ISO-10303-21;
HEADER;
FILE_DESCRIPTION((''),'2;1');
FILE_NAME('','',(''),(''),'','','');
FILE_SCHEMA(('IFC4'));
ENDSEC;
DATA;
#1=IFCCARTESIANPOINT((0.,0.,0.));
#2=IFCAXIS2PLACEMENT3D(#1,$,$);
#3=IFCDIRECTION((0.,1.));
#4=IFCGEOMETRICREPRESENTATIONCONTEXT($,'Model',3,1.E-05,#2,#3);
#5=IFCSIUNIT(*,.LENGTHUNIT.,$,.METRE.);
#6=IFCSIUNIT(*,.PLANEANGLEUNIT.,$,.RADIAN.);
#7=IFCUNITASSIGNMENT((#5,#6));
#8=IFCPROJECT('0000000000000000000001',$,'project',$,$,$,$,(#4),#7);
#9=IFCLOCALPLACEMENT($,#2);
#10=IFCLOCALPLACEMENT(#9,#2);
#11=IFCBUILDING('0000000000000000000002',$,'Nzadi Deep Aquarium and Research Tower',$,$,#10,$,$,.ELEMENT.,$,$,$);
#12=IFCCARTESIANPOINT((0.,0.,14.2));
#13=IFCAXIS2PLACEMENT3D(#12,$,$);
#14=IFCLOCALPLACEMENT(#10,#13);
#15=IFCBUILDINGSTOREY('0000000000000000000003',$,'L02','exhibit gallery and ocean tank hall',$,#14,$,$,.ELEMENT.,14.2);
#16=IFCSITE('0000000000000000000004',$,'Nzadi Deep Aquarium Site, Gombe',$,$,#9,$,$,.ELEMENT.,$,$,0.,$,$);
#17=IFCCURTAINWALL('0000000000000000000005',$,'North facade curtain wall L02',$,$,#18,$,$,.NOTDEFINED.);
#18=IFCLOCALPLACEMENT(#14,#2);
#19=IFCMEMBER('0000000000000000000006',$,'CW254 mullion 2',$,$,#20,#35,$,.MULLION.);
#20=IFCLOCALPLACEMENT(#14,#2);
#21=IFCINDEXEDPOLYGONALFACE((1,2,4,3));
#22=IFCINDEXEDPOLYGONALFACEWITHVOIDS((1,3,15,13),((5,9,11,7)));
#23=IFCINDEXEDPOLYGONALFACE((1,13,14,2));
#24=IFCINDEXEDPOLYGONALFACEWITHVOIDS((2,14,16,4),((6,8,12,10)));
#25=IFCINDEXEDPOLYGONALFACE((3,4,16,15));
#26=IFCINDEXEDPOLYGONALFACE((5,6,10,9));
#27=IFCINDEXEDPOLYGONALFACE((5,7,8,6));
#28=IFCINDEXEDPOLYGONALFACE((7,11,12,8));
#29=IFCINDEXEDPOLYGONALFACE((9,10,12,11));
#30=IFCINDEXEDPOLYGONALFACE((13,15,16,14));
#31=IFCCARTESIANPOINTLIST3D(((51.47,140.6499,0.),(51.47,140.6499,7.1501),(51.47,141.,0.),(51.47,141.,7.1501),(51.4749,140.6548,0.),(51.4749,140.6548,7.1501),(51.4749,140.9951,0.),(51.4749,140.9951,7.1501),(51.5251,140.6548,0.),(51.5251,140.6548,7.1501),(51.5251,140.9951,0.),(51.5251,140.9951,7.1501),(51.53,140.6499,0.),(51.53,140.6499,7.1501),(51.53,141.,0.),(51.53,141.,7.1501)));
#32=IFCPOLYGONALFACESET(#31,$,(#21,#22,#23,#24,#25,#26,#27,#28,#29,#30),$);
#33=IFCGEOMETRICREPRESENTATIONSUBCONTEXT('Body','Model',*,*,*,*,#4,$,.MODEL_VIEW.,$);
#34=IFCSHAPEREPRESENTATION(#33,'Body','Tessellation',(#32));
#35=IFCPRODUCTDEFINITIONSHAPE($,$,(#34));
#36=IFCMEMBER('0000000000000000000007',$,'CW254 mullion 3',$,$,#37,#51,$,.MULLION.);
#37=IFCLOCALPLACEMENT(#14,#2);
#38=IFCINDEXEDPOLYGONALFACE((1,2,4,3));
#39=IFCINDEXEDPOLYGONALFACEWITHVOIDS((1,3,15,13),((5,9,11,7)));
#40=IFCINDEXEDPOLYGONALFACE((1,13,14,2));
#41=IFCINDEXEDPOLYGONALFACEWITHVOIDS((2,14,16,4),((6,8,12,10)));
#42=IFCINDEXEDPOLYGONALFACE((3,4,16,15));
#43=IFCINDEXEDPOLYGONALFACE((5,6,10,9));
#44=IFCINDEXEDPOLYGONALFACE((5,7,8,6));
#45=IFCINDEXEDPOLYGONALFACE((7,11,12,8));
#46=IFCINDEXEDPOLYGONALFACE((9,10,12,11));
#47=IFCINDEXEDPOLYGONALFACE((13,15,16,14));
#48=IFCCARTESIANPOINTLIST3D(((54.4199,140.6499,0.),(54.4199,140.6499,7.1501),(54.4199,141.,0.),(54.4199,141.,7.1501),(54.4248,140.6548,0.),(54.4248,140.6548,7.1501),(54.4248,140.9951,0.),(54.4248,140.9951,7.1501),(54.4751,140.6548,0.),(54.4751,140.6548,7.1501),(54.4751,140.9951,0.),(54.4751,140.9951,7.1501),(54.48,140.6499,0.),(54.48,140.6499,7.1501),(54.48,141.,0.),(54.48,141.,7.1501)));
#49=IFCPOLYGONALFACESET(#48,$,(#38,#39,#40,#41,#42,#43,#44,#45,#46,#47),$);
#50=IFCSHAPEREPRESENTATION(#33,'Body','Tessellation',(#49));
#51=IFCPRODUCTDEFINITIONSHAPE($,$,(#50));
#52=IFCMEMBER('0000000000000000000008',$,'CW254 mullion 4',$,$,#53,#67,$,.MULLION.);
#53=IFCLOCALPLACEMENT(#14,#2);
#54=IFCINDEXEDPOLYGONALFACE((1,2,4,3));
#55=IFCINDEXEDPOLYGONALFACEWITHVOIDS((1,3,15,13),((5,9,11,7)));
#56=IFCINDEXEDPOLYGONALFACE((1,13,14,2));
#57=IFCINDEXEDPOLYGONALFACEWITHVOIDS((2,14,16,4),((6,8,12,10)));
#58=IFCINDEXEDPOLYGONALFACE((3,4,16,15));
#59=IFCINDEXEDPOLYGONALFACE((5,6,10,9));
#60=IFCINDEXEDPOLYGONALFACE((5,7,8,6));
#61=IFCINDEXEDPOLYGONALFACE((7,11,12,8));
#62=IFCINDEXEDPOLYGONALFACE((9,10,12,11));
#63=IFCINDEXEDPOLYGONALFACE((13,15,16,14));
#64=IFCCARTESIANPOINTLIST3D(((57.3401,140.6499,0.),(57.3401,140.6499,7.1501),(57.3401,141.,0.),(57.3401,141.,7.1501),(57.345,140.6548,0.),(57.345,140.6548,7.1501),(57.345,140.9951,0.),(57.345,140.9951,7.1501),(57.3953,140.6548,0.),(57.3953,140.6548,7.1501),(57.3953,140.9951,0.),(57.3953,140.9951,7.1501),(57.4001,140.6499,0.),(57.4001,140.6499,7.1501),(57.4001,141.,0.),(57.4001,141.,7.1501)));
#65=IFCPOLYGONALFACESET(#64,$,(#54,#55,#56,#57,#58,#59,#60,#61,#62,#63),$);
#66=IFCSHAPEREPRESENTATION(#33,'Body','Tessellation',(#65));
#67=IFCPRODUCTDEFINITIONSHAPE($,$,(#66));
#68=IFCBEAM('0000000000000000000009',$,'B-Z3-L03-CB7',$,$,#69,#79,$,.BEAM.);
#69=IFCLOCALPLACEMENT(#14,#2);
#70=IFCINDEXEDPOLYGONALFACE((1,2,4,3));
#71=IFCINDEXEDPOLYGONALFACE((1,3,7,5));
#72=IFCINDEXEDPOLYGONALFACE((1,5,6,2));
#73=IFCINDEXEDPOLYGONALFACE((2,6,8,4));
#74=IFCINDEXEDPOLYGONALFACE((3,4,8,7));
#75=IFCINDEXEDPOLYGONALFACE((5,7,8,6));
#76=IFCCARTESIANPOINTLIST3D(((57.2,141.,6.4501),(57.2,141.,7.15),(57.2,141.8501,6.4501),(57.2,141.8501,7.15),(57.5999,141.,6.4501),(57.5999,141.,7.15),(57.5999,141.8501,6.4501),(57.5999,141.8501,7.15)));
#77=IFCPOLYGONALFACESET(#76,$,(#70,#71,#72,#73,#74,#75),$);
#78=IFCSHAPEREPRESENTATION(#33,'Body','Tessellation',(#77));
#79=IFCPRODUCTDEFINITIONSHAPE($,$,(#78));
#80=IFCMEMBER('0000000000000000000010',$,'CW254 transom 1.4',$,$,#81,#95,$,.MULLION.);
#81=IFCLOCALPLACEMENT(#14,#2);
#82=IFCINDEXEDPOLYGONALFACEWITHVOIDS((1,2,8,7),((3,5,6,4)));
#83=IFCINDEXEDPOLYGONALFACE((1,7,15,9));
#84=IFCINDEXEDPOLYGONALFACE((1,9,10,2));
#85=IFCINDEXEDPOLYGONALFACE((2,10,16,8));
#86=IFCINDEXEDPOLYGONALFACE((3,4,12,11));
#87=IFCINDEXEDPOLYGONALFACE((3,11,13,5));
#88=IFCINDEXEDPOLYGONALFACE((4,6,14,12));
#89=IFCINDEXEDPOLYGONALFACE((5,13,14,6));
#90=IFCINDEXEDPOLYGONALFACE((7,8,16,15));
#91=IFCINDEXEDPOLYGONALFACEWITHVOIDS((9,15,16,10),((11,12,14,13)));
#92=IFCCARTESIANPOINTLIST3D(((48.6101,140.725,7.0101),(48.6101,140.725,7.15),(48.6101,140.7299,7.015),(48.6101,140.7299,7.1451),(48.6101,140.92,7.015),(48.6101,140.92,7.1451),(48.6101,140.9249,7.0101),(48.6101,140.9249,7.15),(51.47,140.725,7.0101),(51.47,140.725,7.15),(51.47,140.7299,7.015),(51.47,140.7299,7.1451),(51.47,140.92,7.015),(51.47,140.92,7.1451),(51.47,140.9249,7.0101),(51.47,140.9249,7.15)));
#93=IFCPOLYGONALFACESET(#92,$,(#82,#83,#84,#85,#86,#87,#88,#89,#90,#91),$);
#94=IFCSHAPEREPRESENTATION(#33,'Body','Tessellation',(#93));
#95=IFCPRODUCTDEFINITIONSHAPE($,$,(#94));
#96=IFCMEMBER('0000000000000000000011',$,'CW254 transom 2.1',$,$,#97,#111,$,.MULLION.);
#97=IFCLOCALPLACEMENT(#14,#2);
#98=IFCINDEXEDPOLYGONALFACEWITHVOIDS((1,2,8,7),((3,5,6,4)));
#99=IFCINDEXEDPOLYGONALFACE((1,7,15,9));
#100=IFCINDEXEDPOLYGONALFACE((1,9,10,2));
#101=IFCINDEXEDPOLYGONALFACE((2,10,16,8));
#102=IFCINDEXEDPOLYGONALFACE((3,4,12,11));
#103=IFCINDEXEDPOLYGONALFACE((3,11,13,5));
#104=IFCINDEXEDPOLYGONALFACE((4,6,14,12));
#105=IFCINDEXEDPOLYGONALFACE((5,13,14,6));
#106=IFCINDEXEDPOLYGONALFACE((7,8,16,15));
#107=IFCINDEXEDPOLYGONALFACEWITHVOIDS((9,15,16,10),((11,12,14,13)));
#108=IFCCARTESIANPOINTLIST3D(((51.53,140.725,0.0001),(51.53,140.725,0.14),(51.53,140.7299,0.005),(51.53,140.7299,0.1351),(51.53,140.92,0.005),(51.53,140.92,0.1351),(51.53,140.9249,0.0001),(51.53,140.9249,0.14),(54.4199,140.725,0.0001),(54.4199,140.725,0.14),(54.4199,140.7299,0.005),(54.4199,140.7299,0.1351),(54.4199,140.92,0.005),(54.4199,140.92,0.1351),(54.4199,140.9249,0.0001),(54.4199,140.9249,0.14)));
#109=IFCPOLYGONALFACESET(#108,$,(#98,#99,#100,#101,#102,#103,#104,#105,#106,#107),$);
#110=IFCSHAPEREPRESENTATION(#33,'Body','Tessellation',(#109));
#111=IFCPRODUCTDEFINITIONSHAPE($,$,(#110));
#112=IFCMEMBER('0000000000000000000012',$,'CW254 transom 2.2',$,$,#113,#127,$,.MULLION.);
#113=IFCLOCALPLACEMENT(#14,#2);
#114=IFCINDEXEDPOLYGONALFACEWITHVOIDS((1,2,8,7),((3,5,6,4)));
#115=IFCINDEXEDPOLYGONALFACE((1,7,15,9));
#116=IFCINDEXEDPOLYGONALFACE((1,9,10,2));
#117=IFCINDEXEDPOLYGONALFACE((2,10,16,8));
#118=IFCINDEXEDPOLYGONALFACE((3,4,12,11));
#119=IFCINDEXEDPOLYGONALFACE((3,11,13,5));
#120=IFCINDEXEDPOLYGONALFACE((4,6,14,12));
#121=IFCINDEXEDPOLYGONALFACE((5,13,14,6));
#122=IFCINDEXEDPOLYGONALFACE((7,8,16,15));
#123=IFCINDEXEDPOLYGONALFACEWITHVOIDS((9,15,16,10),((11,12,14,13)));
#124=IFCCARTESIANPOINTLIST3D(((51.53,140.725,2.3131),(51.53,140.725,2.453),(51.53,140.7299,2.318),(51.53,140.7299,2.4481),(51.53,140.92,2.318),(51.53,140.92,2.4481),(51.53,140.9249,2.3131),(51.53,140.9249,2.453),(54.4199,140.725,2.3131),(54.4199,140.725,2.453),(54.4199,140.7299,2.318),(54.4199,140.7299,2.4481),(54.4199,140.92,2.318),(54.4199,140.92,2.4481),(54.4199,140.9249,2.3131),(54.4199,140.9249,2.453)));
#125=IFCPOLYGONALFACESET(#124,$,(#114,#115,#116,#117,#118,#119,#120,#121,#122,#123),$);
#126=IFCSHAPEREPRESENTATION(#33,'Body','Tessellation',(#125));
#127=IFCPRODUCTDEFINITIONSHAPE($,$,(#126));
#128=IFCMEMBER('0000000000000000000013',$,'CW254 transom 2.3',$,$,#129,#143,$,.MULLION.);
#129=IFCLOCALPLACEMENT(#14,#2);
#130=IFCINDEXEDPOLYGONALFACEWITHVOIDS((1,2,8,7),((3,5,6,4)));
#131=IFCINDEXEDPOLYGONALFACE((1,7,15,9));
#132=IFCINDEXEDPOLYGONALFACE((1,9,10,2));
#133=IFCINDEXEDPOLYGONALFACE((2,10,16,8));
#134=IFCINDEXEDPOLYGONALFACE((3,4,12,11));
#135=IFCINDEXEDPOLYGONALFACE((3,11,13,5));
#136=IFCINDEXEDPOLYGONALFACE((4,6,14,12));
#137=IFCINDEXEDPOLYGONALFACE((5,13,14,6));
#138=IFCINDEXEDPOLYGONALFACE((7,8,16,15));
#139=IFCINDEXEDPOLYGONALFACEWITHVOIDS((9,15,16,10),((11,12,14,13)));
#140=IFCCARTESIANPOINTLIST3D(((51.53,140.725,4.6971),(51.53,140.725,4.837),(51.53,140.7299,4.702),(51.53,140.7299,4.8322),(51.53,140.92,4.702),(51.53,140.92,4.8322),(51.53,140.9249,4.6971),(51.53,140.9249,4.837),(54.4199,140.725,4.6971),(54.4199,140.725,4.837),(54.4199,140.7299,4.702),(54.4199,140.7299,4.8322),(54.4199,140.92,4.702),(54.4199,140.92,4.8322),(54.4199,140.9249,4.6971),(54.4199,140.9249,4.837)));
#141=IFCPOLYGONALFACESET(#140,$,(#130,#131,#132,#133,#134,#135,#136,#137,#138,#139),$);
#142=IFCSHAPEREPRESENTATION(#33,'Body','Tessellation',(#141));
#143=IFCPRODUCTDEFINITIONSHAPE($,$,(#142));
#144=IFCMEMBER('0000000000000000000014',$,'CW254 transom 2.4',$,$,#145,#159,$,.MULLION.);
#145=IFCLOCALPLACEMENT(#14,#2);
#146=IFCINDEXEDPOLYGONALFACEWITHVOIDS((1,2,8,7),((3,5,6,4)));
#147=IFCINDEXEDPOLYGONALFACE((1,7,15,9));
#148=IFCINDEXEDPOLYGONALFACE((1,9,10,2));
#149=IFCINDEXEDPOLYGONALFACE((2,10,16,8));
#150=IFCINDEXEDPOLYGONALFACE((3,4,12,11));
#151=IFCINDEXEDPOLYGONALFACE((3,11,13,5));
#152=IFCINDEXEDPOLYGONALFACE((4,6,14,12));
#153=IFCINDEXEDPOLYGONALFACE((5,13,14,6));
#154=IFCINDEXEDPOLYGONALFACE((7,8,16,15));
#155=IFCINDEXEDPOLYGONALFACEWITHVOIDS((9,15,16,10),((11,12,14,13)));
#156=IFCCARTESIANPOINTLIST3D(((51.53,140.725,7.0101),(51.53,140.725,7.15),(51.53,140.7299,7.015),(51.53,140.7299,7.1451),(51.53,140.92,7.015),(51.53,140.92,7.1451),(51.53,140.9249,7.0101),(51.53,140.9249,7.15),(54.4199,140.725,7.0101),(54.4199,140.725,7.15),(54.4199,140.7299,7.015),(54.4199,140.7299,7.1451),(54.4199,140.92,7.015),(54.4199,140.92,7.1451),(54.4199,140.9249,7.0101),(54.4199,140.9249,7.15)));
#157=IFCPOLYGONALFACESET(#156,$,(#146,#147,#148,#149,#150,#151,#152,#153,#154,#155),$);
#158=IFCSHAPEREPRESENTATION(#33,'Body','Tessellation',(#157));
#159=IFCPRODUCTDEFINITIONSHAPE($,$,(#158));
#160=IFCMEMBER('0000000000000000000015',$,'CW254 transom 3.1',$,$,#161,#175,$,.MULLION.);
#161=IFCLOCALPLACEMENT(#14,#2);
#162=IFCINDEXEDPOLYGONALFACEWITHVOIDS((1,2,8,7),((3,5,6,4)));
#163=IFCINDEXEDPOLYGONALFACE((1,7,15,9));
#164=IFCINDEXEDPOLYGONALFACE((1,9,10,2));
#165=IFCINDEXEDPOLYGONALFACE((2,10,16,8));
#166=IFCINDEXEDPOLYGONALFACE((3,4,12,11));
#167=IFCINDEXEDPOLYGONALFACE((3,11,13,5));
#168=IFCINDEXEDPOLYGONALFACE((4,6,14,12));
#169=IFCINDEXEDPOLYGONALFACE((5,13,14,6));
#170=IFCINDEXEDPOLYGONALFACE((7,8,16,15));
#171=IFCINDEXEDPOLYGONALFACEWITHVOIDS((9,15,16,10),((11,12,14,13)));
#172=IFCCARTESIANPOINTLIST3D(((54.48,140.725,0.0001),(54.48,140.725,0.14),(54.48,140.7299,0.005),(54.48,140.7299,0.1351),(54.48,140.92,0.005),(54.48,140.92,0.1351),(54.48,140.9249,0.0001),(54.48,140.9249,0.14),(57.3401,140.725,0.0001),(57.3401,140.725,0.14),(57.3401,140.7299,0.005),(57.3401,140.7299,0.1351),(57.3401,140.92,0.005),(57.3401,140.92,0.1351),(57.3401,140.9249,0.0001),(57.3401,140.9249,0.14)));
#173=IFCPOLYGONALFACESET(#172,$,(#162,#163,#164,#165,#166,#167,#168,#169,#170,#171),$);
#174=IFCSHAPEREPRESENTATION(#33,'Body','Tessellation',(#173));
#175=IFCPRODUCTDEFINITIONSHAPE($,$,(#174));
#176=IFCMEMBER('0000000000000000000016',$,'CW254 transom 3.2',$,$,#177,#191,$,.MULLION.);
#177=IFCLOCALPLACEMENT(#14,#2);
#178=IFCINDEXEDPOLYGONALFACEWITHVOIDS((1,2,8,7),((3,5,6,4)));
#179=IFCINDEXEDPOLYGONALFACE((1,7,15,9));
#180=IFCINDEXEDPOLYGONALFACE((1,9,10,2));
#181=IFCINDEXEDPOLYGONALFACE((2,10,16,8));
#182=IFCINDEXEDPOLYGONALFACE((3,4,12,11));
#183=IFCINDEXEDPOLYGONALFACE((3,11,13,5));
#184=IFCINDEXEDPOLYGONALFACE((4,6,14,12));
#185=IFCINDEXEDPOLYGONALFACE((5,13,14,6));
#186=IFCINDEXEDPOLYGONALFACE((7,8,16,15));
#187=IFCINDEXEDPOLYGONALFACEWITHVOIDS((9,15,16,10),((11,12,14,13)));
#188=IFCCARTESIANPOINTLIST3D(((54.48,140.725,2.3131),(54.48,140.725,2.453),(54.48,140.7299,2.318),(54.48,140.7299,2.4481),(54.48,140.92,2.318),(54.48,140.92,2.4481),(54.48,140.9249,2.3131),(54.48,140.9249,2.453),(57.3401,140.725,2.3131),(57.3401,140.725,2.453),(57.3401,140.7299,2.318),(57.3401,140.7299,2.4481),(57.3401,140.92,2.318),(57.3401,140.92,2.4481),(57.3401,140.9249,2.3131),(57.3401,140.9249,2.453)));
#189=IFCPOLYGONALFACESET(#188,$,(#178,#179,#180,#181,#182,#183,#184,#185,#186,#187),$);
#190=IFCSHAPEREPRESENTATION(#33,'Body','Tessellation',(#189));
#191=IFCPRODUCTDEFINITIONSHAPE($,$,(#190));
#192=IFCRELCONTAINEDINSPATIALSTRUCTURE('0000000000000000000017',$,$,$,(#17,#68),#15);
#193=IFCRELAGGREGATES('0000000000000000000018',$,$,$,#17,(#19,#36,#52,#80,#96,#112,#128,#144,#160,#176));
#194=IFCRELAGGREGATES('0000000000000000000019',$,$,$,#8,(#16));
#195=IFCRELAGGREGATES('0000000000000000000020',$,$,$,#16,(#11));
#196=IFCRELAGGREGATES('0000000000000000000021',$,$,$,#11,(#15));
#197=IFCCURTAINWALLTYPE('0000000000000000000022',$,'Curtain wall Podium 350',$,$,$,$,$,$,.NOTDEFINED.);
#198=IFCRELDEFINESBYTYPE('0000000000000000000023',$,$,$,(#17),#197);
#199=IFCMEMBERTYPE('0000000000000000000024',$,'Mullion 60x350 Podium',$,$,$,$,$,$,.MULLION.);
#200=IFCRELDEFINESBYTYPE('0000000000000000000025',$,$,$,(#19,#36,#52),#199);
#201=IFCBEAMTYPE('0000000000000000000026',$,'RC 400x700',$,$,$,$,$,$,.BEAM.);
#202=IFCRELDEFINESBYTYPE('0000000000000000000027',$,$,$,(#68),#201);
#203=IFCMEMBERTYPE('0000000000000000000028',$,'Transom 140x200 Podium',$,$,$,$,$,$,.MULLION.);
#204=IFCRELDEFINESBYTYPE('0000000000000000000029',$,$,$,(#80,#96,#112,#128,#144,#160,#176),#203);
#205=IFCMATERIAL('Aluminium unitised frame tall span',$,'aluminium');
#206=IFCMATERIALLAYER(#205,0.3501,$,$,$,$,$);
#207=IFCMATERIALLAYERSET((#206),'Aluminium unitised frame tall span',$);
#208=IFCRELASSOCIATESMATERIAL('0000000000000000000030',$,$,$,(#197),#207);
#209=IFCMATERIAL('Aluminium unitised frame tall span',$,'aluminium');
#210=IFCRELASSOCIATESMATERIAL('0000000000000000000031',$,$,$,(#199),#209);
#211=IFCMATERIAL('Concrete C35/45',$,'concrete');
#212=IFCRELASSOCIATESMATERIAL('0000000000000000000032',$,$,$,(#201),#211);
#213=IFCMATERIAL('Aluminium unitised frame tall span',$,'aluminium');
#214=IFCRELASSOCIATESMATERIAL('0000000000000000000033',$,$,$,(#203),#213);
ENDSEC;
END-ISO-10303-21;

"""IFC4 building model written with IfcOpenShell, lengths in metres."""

from ifc_helpers import new_model, si_unit, direction, frame, origin, origin_2d, place, context, subcontext, project, spatial, rectangle, hollow_rectangle, extrude, material, layer, layer_set, material_profile, profile_set, type_object, element, aggregate, save


model = new_model("IFC4")

# Units and contexts
model_context = context("Model", 3, precision=1e-05, world=origin(), true_north=direction((0.0, 1.0)))
body_context = subcontext(model_context, "Body", "Model", "MODEL_VIEW")
ifc_project = project(units=[si_unit("LENGTHUNIT", "METRE"), si_unit("PLANEANGLEUNIT", "RADIAN")], contexts=[model_context])

# Site, building, storey
site_placement = place(None, origin())
site = spatial("IfcSite", under=ifc_project, at=site_placement, Name="Nzadi Deep Aquarium Site, Gombe", CompositionType="ELEMENT", RefElevation=0.0)
building_placement = place(site_placement, origin())
building = spatial("IfcBuilding", under=site, at=building_placement, Name="Nzadi Deep Aquarium and Research Tower", CompositionType="ELEMENT")
storey_placement = place(building_placement, frame((0.0, 0.0, 14.2)))
storey = spatial("IfcBuildingStorey", under=building, at=storey_placement, Name="L02", Description="exhibit gallery and ocean tank hall", CompositionType="ELEMENT", Elevation=14.2)

# Curtain wall, members
ifc_material_1 = material(Name="Aluminium unitised frame tall span", Category="aluminium")
ifc_layer_1 = layer(ifc_material_1, 0.3501)
ifc_layer_set_1 = layer_set([ifc_layer_1], Name="Aluminium unitised frame tall span")
curtain_wall_type = type_object("IfcCurtainWallType", Name="Curtain wall Podium 350", PredefinedType="NOTDEFINED", material=ifc_layer_set_1)
curtain_wall_placement = place(storey_placement, origin())
curtain_wall = element("IfcCurtainWall", 1, at=curtain_wall_placement, inside=storey, type_object=curtain_wall_type, Name="North facade curtain wall L02", PredefinedType="NOTDEFINED")
ifc_material_2 = material(Name="Aluminium unitised frame tall span", Category="aluminium")
ifc_material_profile_1 = material_profile(ifc_material_2, hollow_rectangle(XDim=0.3501, YDim=0.0601, WallThickness=0.0049, at=origin_2d()))
ifc_profile_set_1 = profile_set([ifc_material_profile_1], Name="Aluminium unitised frame tall span")
member_type_1 = type_object("IfcMemberType", Name="Mullion 60x350 Podium", PredefinedType="MULLION", material=ifc_profile_set_1)
member_1_placement = place(storey_placement, frame((51.5, 140.825, 0.0), z_axis=(0.0, 0.0, 1.0), x_axis=(0.0, 1.0, 0.0)))
member_1 = element("IfcMember", 2, at=member_1_placement, type_object=member_type_1, Name="CW254 mullion 2", PredefinedType="MULLION", context=body_context, shape_type="SweptSolid", body=[
    extrude(hollow_rectangle(XDim=0.3501, YDim=0.0601, WallThickness=0.0049, at=origin_2d()), origin(), (0.0, 0.0, 1.0), 7.1501),
])
member_2_placement = place(storey_placement, frame((54.45, 140.825, 0.0), z_axis=(0.0, 0.0, 1.0), x_axis=(0.0, 1.0, 0.0)))
member_2 = element("IfcMember", 3, at=member_2_placement, type_object=member_type_1, Name="CW254 mullion 3", PredefinedType="MULLION", context=body_context, shape_type="SweptSolid", body=[
    extrude(hollow_rectangle(XDim=0.3501, YDim=0.0601, WallThickness=0.0049, at=origin_2d()), origin(), (0.0, 0.0, 1.0), 7.1501),
])
member_3_placement = place(storey_placement, frame((57.3701, 140.825, 0.0), z_axis=(0.0, 0.0, 1.0), x_axis=(0.0, 1.0, 0.0)))
member_3 = element("IfcMember", 4, at=member_3_placement, type_object=member_type_1, Name="CW254 mullion 4", PredefinedType="MULLION", context=body_context, shape_type="SweptSolid", body=[
    extrude(hollow_rectangle(XDim=0.3501, YDim=0.0601, WallThickness=0.0049, at=origin_2d()), origin(), (0.0, 0.0, 1.0), 7.1501),
])

# Beam
ifc_material_3 = material(Name="Concrete C35/45", Category="concrete")
ifc_material_profile_2 = material_profile(ifc_material_3, rectangle(XDim=0.3999, YDim=0.7, at=origin_2d()))
ifc_profile_set_2 = profile_set([ifc_material_profile_2], Name="Concrete C35/45")
beam_type = type_object("IfcBeamType", Name="RC 400x700", PredefinedType="BEAM", material=ifc_profile_set_2)
beam_placement = place(storey_placement, frame((57.3999, 141.0, 6.8), z_axis=(0.0, 1.0, 0.0), x_axis=(-1.0, 0.0, 0.0)))
element("IfcBeam", 5, at=beam_placement, inside=storey, type_object=beam_type, Name="B-Z3-L03-CB7", PredefinedType="BEAM", context=body_context, shape_type="SweptSolid", body=[
    extrude(rectangle(XDim=0.3999, YDim=0.7, at=origin_2d()), origin(), (0.0, 0.0, 1.0), 0.8501),
])

# Members
ifc_material_4 = material(Name="Aluminium unitised frame tall span", Category="aluminium")
ifc_material_profile_3 = material_profile(ifc_material_4, hollow_rectangle(XDim=0.2, YDim=0.1399, WallThickness=0.0049, at=origin_2d()))
ifc_profile_set_3 = profile_set([ifc_material_profile_3], Name="Aluminium unitised frame tall span")
member_type_2 = type_object("IfcMemberType", Name="Transom 140x200 Podium", PredefinedType="MULLION", material=ifc_profile_set_3)
member_4_placement = place(storey_placement, frame((48.6101, 140.825, 7.0801), z_axis=(1.0, 0.0, 0.0), x_axis=(0.0, 1.0, 0.0)))
member_4 = element("IfcMember", 6, at=member_4_placement, type_object=member_type_2, Name="CW254 transom 1.4", PredefinedType="MULLION", context=body_context, shape_type="SweptSolid", body=[
    extrude(hollow_rectangle(XDim=0.2, YDim=0.1399, WallThickness=0.0049, at=origin_2d()), origin(), (0.0, 0.0, 1.0), 2.8599),
])
member_5_placement = place(storey_placement, frame((51.53, 140.825, 0.0701), z_axis=(1.0, 0.0, 0.0), x_axis=(0.0, 1.0, 0.0)))
member_5 = element("IfcMember", 7, at=member_5_placement, type_object=member_type_2, Name="CW254 transom 2.1", PredefinedType="MULLION", context=body_context, shape_type="SweptSolid", body=[
    extrude(hollow_rectangle(XDim=0.2, YDim=0.1399, WallThickness=0.0049, at=origin_2d()), origin(), (0.0, 0.0, 1.0), 2.8899),
])
member_6_placement = place(storey_placement, frame((51.53, 140.825, 2.3831), z_axis=(1.0, 0.0, 0.0), x_axis=(0.0, 1.0, 0.0)))
member_6 = element("IfcMember", 8, at=member_6_placement, type_object=member_type_2, Name="CW254 transom 2.2", PredefinedType="MULLION", context=body_context, shape_type="SweptSolid", body=[
    extrude(hollow_rectangle(XDim=0.2, YDim=0.1399, WallThickness=0.0049, at=origin_2d()), origin(), (0.0, 0.0, 1.0), 2.8899),
])
member_7_placement = place(storey_placement, frame((51.53, 140.825, 4.7671), z_axis=(1.0, 0.0, 0.0), x_axis=(0.0, 1.0, 0.0)))
member_7 = element("IfcMember", 9, at=member_7_placement, type_object=member_type_2, Name="CW254 transom 2.3", PredefinedType="MULLION", context=body_context, shape_type="SweptSolid", body=[
    extrude(hollow_rectangle(XDim=0.2, YDim=0.1399, WallThickness=0.0049, at=origin_2d()), origin(), (0.0, 0.0, 1.0), 2.8899),
])
member_8_placement = place(storey_placement, frame((51.53, 140.825, 7.0801), z_axis=(1.0, 0.0, 0.0), x_axis=(0.0, 1.0, 0.0)))
member_8 = element("IfcMember", 10, at=member_8_placement, type_object=member_type_2, Name="CW254 transom 2.4", PredefinedType="MULLION", context=body_context, shape_type="SweptSolid", body=[
    extrude(hollow_rectangle(XDim=0.2, YDim=0.1399, WallThickness=0.0049, at=origin_2d()), origin(), (0.0, 0.0, 1.0), 2.8899),
])
member_9_placement = place(storey_placement, frame((54.48, 140.825, 0.0701), z_axis=(1.0, 0.0, 0.0), x_axis=(0.0, 1.0, 0.0)))
member_9 = element("IfcMember", 11, at=member_9_placement, type_object=member_type_2, Name="CW254 transom 3.1", PredefinedType="MULLION", context=body_context, shape_type="SweptSolid", body=[
    extrude(hollow_rectangle(XDim=0.2, YDim=0.1399, WallThickness=0.0049, at=origin_2d()), origin(), (0.0, 0.0, 1.0), 2.8601),
])
member_10_placement = place(storey_placement, frame((54.48, 140.825, 2.3831), z_axis=(1.0, 0.0, 0.0), x_axis=(0.0, 1.0, 0.0)))
member_10 = element("IfcMember", 12, at=member_10_placement, type_object=member_type_2, Name="CW254 transom 3.2", PredefinedType="MULLION", context=body_context, shape_type="SweptSolid", body=[
    extrude(hollow_rectangle(XDim=0.2, YDim=0.1399, WallThickness=0.0049, at=origin_2d()), origin(), (0.0, 0.0, 1.0), 2.8601),
])

aggregate(curtain_wall, [member_1, member_2, member_3, member_4, member_5, member_6, member_7, member_8, member_9, member_10])

save(model, "model.ifc")
